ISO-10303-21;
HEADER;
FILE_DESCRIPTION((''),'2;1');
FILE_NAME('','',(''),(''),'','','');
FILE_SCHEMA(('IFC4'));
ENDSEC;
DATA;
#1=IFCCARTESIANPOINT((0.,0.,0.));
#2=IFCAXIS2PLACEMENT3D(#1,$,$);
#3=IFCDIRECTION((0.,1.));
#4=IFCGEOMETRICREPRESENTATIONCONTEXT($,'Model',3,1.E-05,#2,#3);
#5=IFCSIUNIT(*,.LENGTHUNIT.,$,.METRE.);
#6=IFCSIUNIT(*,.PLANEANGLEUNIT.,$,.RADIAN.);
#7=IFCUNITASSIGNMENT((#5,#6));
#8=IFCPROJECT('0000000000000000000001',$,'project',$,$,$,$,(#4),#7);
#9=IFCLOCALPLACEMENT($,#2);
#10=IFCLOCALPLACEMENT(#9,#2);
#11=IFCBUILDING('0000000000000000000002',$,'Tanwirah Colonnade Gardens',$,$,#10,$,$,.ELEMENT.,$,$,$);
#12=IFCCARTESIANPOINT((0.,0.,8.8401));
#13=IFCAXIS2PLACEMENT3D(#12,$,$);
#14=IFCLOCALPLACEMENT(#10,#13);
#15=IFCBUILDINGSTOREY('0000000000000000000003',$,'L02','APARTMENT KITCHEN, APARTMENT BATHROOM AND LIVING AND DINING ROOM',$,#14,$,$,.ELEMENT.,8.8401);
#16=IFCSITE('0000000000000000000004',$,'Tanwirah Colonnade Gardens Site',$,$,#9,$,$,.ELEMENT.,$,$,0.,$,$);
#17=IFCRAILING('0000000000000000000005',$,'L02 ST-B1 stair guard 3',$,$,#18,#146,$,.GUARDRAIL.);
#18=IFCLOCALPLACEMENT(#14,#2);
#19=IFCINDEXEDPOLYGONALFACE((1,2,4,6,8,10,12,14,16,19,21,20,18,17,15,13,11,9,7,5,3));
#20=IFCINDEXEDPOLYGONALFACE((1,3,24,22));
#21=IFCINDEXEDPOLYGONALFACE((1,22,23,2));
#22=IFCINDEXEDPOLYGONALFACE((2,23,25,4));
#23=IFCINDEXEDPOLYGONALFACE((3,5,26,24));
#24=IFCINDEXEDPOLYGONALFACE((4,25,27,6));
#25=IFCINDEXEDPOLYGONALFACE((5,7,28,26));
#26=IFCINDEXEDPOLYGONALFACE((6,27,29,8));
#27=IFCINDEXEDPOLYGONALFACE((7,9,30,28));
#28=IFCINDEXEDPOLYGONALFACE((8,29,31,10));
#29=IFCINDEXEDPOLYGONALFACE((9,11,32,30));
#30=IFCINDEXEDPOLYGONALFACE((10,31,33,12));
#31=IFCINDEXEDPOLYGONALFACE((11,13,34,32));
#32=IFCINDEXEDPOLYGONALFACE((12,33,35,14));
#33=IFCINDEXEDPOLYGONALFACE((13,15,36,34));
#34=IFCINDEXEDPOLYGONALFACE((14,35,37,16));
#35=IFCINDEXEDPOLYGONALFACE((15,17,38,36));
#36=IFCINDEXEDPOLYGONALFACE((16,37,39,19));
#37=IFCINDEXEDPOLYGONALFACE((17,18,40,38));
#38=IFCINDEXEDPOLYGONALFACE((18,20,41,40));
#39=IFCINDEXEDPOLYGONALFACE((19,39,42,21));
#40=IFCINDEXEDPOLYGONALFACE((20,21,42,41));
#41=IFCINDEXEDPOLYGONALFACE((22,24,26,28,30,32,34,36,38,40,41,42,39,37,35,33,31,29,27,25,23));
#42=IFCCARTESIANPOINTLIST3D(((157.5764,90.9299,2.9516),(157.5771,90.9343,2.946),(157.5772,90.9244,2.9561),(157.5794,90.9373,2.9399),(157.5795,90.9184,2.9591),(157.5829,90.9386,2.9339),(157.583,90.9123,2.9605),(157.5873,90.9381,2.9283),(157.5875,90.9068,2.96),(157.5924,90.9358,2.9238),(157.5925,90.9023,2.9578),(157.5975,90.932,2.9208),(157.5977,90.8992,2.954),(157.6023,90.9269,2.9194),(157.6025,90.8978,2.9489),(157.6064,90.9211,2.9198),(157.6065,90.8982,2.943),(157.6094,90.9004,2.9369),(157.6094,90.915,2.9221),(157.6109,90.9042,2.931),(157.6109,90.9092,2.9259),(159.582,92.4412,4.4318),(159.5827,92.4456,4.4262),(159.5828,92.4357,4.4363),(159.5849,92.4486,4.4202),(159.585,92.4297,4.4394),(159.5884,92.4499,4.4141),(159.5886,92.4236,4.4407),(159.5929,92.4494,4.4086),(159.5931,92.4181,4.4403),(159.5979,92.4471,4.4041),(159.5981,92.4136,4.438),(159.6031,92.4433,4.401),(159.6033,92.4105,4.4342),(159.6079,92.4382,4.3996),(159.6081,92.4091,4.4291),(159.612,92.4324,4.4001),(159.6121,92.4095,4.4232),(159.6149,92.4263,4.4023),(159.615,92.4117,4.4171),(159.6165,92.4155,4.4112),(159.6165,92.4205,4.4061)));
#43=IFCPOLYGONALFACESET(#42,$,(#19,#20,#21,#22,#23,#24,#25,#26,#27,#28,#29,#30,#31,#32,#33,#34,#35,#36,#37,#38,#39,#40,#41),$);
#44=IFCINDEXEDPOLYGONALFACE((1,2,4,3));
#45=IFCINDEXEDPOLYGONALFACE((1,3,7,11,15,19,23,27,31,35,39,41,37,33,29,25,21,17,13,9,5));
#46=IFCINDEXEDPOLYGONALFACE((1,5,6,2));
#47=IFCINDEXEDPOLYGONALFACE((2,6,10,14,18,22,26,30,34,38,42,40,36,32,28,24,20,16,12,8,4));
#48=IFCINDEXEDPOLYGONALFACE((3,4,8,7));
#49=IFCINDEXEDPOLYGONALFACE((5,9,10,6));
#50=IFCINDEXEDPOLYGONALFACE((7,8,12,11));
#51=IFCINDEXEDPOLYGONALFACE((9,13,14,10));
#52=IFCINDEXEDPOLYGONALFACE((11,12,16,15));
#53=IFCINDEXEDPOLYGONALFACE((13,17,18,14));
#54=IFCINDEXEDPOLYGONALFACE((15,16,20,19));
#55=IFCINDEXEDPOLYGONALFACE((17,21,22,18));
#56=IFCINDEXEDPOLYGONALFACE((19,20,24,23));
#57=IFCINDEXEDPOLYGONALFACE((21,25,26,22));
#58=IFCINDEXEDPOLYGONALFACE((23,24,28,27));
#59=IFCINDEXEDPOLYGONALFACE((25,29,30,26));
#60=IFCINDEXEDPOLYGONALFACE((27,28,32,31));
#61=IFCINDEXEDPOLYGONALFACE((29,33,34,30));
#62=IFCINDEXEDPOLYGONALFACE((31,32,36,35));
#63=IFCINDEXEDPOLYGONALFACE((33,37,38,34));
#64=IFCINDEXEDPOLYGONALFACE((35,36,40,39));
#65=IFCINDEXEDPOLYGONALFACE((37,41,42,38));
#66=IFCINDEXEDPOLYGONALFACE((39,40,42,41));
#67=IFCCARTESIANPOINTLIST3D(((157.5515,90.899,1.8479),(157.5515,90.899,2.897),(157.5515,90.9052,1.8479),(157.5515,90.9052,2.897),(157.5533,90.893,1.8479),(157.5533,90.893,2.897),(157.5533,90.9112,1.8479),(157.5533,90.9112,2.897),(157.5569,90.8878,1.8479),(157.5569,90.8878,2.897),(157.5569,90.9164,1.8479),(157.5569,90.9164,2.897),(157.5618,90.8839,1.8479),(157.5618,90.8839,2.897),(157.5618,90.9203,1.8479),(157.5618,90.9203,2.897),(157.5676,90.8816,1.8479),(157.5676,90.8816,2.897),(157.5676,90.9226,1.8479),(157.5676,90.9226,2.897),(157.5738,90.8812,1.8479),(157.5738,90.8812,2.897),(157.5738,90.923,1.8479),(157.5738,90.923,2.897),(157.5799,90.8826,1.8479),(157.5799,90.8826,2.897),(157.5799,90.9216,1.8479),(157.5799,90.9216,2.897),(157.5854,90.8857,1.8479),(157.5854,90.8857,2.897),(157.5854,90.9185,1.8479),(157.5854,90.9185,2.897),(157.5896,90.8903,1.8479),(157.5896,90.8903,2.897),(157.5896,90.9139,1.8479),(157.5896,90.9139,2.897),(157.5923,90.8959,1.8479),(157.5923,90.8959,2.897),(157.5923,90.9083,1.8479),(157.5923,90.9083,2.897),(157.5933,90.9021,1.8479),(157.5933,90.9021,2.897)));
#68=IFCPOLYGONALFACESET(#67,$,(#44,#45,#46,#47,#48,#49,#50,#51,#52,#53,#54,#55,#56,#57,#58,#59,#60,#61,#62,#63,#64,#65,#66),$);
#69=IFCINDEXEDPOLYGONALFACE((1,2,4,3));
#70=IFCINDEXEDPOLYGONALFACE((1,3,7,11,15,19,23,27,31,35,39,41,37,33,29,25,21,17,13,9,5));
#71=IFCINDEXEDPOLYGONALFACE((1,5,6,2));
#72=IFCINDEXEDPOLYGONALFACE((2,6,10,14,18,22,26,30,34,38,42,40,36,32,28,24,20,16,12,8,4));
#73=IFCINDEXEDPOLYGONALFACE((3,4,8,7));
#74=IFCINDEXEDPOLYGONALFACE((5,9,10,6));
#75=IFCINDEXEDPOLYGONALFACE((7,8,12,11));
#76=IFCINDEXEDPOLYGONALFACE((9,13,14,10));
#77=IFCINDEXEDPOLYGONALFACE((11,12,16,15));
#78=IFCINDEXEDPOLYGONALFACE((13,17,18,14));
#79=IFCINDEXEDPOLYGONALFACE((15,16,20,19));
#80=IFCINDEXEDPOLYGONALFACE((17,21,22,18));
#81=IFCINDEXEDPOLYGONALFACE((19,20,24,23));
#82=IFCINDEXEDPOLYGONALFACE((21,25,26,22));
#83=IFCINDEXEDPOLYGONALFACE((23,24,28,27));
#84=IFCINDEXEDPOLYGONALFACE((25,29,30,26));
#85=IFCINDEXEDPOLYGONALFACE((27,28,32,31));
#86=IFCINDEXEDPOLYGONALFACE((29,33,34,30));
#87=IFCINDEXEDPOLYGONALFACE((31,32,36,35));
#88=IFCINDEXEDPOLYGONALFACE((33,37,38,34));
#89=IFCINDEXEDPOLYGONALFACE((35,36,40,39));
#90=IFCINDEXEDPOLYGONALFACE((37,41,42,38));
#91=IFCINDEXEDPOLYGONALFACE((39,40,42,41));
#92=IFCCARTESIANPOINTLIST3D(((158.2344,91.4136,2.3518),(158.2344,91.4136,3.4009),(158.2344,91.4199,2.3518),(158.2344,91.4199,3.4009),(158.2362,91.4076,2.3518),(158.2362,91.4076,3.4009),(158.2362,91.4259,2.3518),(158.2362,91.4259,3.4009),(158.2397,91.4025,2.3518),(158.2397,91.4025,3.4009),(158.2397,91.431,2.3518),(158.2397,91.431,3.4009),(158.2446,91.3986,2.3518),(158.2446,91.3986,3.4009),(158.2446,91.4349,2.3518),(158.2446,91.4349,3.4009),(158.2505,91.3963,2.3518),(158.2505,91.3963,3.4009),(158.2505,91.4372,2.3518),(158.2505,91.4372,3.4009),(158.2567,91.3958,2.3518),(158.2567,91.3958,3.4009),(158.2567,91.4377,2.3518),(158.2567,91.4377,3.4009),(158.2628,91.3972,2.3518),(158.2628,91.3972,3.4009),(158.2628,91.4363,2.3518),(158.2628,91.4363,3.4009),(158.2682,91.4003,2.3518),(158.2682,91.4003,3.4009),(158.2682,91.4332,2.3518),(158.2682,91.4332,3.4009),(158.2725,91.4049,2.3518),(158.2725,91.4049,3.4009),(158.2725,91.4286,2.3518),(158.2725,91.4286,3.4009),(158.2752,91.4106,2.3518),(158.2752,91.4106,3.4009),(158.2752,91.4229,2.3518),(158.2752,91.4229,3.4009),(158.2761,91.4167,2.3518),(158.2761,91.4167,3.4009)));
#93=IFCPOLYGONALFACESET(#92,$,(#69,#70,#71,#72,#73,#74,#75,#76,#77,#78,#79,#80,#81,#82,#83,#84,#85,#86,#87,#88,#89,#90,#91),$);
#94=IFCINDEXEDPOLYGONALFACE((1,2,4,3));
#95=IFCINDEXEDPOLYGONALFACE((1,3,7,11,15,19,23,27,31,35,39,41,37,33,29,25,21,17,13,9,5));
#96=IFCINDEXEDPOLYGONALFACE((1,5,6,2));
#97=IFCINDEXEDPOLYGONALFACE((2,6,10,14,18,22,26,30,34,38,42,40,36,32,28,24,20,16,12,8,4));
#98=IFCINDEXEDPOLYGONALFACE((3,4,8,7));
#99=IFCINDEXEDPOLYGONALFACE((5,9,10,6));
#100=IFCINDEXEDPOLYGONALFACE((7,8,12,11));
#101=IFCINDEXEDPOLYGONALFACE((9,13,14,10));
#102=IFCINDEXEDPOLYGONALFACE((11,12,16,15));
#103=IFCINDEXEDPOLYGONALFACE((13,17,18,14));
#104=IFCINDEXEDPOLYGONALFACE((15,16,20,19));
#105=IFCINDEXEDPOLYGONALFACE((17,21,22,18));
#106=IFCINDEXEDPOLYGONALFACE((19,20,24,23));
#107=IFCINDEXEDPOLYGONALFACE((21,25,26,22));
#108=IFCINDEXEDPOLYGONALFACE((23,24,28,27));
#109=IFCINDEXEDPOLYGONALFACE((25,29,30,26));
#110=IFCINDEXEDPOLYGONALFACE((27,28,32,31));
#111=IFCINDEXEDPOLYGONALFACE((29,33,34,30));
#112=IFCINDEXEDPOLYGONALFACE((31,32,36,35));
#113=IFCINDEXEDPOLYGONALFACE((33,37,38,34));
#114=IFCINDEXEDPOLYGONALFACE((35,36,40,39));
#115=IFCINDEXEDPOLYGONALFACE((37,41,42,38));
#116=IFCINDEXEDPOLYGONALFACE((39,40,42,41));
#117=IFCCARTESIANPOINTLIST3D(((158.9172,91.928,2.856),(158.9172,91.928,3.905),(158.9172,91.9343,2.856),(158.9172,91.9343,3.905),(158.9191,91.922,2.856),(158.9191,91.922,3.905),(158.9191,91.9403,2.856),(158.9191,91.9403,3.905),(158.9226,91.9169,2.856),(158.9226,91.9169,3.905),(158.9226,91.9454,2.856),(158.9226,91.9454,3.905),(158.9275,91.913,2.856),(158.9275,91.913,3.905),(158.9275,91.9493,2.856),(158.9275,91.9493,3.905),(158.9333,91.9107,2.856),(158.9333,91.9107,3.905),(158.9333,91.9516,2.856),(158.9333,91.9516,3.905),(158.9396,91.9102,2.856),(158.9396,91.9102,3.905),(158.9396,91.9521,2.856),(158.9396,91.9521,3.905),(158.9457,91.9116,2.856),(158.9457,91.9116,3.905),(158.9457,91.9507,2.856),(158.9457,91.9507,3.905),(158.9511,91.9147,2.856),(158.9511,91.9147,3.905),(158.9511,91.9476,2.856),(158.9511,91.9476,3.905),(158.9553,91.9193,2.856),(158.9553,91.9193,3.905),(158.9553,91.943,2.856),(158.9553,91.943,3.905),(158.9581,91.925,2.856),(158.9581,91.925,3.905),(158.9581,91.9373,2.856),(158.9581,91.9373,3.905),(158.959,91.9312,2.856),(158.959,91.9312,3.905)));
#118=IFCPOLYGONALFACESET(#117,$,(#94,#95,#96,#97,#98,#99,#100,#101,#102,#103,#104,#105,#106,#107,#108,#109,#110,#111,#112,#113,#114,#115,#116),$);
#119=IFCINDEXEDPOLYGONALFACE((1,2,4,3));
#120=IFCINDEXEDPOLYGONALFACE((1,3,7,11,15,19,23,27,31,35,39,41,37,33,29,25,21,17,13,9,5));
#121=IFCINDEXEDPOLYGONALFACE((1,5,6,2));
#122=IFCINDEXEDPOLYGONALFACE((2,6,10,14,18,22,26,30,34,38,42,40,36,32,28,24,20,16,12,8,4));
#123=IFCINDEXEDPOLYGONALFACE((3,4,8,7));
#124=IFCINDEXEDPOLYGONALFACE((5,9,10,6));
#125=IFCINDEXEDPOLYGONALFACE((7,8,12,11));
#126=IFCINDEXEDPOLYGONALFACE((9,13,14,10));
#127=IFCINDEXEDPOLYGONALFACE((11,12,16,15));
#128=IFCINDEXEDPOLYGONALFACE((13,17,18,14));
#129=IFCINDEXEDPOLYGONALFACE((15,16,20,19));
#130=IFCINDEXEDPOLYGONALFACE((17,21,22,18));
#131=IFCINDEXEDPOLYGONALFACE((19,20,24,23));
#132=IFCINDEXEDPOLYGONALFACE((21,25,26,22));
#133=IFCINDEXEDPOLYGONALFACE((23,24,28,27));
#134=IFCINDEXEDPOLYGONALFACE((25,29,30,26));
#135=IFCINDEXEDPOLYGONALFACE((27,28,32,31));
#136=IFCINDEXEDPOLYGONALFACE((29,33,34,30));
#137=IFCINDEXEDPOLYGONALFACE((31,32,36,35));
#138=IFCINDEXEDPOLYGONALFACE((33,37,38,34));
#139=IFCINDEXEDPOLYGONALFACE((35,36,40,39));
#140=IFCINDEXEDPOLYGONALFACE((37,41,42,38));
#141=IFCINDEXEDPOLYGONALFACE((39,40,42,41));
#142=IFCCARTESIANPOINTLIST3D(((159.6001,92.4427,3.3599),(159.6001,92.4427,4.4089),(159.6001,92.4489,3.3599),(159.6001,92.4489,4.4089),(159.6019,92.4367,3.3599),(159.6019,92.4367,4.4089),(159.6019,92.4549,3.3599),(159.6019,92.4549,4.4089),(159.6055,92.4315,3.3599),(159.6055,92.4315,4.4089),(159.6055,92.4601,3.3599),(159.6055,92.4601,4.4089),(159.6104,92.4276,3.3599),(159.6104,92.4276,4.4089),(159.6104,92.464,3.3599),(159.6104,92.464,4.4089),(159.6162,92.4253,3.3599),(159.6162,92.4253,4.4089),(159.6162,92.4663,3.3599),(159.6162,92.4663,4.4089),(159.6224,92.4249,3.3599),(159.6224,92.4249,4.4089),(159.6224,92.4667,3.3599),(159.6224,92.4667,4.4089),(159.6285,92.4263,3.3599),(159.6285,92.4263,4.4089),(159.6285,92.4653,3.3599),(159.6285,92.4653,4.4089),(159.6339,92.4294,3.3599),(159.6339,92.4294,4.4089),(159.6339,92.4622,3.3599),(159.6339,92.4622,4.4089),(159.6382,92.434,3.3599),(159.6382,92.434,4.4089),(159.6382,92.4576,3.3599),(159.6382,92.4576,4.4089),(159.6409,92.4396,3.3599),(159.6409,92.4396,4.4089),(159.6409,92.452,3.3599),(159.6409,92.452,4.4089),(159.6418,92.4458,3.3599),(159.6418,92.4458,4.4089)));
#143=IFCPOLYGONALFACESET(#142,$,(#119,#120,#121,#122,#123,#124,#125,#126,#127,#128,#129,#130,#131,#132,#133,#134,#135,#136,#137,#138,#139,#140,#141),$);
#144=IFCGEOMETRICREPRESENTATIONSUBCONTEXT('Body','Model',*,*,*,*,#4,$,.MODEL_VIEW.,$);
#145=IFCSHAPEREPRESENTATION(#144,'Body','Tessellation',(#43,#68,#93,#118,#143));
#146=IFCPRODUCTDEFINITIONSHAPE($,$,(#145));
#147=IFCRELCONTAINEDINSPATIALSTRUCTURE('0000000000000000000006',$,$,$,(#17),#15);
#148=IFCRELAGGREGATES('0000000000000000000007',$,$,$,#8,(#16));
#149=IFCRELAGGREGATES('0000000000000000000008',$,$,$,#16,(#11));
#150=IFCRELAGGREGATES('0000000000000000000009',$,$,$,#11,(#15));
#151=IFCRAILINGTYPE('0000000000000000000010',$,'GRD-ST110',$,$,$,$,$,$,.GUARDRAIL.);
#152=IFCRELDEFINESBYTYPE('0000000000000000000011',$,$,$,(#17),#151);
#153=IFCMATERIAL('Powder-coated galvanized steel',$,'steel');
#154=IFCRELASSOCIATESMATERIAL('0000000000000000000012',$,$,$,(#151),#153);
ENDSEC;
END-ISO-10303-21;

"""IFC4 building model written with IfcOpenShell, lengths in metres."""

from ifc_helpers import new_model, si_unit, direction, frame, origin, origin_2d, place, context, subcontext, project, spatial, circle, extrude, material, type_object, element, save


model = new_model("IFC4")

# Units and contexts
model_context = context("Model", 3, precision=1e-05, world=origin(), true_north=direction((0.0, 1.0)))
body_context = subcontext(model_context, "Body", "Model", "MODEL_VIEW")
ifc_project = project(units=[si_unit("LENGTHUNIT", "METRE"), si_unit("PLANEANGLEUNIT", "RADIAN")], contexts=[model_context])

# Site, building, storey
site_placement = place(None, origin())
site = spatial("IfcSite", under=ifc_project, at=site_placement, Name="Tanwirah Colonnade Gardens Site", CompositionType="ELEMENT", RefElevation=0.0)
building_placement = place(site_placement, origin())
building = spatial("IfcBuilding", under=site, at=building_placement, Name="Tanwirah Colonnade Gardens", CompositionType="ELEMENT")
storey_placement = place(building_placement, frame((0.0, 0.0, 8.8401)))
storey = spatial("IfcBuildingStorey", under=building, at=storey_placement, Name="L02", Description="APARTMENT KITCHEN, APARTMENT BATHROOM AND LIVING AND DINING ROOM", CompositionType="ELEMENT", Elevation=8.8401)

# Railing
ifc_material_1 = material(Name="Powder-coated galvanized steel", Category="steel")
railing_type_1 = type_object("IfcRailingType", Name="GRD-ST110", PredefinedType="GUARDRAIL", material=ifc_material_1)
railing_1_placement = place(storey_placement, frame((157.5723, 90.9021, 1.8479)))
element("IfcRailing", 1, at=railing_1_placement, inside=storey, type_object=railing_type_1, Name="L02 ST-B1 stair guard 3", PredefinedType="GUARDRAIL", context=body_context, shape_type="SweptSolid", body=[
    extrude(circle(Radius=0.0239, at=origin_2d()), frame((0.0215, 0.0161, 1.092), z_axis=(0.688012, 0.518449, 0.507789), x_axis=(-0.601811, 0.798639, 0.0)), (0.0, 0.0, 1.0), 2.915),
    extrude(circle(Radius=0.021, at=origin_2d()), origin(), (0.0, 0.0, 1.0), 1.0491),
    extrude(circle(Radius=0.021, at=origin_2d()), frame((0.6829, 0.5146, 0.5039)), (0.0, 0.0, 1.0), 1.0491),
    extrude(circle(Radius=0.021, at=origin_2d()), frame((1.3657, 1.0291, 1.0081)), (0.0, 0.0, 1.0), 1.0491),
    extrude(circle(Radius=0.021, at=origin_2d()), frame((2.0486, 1.5437, 1.512)), (0.0, 0.0, 1.0), 1.0491),
])

save(model, "model.ifc")
